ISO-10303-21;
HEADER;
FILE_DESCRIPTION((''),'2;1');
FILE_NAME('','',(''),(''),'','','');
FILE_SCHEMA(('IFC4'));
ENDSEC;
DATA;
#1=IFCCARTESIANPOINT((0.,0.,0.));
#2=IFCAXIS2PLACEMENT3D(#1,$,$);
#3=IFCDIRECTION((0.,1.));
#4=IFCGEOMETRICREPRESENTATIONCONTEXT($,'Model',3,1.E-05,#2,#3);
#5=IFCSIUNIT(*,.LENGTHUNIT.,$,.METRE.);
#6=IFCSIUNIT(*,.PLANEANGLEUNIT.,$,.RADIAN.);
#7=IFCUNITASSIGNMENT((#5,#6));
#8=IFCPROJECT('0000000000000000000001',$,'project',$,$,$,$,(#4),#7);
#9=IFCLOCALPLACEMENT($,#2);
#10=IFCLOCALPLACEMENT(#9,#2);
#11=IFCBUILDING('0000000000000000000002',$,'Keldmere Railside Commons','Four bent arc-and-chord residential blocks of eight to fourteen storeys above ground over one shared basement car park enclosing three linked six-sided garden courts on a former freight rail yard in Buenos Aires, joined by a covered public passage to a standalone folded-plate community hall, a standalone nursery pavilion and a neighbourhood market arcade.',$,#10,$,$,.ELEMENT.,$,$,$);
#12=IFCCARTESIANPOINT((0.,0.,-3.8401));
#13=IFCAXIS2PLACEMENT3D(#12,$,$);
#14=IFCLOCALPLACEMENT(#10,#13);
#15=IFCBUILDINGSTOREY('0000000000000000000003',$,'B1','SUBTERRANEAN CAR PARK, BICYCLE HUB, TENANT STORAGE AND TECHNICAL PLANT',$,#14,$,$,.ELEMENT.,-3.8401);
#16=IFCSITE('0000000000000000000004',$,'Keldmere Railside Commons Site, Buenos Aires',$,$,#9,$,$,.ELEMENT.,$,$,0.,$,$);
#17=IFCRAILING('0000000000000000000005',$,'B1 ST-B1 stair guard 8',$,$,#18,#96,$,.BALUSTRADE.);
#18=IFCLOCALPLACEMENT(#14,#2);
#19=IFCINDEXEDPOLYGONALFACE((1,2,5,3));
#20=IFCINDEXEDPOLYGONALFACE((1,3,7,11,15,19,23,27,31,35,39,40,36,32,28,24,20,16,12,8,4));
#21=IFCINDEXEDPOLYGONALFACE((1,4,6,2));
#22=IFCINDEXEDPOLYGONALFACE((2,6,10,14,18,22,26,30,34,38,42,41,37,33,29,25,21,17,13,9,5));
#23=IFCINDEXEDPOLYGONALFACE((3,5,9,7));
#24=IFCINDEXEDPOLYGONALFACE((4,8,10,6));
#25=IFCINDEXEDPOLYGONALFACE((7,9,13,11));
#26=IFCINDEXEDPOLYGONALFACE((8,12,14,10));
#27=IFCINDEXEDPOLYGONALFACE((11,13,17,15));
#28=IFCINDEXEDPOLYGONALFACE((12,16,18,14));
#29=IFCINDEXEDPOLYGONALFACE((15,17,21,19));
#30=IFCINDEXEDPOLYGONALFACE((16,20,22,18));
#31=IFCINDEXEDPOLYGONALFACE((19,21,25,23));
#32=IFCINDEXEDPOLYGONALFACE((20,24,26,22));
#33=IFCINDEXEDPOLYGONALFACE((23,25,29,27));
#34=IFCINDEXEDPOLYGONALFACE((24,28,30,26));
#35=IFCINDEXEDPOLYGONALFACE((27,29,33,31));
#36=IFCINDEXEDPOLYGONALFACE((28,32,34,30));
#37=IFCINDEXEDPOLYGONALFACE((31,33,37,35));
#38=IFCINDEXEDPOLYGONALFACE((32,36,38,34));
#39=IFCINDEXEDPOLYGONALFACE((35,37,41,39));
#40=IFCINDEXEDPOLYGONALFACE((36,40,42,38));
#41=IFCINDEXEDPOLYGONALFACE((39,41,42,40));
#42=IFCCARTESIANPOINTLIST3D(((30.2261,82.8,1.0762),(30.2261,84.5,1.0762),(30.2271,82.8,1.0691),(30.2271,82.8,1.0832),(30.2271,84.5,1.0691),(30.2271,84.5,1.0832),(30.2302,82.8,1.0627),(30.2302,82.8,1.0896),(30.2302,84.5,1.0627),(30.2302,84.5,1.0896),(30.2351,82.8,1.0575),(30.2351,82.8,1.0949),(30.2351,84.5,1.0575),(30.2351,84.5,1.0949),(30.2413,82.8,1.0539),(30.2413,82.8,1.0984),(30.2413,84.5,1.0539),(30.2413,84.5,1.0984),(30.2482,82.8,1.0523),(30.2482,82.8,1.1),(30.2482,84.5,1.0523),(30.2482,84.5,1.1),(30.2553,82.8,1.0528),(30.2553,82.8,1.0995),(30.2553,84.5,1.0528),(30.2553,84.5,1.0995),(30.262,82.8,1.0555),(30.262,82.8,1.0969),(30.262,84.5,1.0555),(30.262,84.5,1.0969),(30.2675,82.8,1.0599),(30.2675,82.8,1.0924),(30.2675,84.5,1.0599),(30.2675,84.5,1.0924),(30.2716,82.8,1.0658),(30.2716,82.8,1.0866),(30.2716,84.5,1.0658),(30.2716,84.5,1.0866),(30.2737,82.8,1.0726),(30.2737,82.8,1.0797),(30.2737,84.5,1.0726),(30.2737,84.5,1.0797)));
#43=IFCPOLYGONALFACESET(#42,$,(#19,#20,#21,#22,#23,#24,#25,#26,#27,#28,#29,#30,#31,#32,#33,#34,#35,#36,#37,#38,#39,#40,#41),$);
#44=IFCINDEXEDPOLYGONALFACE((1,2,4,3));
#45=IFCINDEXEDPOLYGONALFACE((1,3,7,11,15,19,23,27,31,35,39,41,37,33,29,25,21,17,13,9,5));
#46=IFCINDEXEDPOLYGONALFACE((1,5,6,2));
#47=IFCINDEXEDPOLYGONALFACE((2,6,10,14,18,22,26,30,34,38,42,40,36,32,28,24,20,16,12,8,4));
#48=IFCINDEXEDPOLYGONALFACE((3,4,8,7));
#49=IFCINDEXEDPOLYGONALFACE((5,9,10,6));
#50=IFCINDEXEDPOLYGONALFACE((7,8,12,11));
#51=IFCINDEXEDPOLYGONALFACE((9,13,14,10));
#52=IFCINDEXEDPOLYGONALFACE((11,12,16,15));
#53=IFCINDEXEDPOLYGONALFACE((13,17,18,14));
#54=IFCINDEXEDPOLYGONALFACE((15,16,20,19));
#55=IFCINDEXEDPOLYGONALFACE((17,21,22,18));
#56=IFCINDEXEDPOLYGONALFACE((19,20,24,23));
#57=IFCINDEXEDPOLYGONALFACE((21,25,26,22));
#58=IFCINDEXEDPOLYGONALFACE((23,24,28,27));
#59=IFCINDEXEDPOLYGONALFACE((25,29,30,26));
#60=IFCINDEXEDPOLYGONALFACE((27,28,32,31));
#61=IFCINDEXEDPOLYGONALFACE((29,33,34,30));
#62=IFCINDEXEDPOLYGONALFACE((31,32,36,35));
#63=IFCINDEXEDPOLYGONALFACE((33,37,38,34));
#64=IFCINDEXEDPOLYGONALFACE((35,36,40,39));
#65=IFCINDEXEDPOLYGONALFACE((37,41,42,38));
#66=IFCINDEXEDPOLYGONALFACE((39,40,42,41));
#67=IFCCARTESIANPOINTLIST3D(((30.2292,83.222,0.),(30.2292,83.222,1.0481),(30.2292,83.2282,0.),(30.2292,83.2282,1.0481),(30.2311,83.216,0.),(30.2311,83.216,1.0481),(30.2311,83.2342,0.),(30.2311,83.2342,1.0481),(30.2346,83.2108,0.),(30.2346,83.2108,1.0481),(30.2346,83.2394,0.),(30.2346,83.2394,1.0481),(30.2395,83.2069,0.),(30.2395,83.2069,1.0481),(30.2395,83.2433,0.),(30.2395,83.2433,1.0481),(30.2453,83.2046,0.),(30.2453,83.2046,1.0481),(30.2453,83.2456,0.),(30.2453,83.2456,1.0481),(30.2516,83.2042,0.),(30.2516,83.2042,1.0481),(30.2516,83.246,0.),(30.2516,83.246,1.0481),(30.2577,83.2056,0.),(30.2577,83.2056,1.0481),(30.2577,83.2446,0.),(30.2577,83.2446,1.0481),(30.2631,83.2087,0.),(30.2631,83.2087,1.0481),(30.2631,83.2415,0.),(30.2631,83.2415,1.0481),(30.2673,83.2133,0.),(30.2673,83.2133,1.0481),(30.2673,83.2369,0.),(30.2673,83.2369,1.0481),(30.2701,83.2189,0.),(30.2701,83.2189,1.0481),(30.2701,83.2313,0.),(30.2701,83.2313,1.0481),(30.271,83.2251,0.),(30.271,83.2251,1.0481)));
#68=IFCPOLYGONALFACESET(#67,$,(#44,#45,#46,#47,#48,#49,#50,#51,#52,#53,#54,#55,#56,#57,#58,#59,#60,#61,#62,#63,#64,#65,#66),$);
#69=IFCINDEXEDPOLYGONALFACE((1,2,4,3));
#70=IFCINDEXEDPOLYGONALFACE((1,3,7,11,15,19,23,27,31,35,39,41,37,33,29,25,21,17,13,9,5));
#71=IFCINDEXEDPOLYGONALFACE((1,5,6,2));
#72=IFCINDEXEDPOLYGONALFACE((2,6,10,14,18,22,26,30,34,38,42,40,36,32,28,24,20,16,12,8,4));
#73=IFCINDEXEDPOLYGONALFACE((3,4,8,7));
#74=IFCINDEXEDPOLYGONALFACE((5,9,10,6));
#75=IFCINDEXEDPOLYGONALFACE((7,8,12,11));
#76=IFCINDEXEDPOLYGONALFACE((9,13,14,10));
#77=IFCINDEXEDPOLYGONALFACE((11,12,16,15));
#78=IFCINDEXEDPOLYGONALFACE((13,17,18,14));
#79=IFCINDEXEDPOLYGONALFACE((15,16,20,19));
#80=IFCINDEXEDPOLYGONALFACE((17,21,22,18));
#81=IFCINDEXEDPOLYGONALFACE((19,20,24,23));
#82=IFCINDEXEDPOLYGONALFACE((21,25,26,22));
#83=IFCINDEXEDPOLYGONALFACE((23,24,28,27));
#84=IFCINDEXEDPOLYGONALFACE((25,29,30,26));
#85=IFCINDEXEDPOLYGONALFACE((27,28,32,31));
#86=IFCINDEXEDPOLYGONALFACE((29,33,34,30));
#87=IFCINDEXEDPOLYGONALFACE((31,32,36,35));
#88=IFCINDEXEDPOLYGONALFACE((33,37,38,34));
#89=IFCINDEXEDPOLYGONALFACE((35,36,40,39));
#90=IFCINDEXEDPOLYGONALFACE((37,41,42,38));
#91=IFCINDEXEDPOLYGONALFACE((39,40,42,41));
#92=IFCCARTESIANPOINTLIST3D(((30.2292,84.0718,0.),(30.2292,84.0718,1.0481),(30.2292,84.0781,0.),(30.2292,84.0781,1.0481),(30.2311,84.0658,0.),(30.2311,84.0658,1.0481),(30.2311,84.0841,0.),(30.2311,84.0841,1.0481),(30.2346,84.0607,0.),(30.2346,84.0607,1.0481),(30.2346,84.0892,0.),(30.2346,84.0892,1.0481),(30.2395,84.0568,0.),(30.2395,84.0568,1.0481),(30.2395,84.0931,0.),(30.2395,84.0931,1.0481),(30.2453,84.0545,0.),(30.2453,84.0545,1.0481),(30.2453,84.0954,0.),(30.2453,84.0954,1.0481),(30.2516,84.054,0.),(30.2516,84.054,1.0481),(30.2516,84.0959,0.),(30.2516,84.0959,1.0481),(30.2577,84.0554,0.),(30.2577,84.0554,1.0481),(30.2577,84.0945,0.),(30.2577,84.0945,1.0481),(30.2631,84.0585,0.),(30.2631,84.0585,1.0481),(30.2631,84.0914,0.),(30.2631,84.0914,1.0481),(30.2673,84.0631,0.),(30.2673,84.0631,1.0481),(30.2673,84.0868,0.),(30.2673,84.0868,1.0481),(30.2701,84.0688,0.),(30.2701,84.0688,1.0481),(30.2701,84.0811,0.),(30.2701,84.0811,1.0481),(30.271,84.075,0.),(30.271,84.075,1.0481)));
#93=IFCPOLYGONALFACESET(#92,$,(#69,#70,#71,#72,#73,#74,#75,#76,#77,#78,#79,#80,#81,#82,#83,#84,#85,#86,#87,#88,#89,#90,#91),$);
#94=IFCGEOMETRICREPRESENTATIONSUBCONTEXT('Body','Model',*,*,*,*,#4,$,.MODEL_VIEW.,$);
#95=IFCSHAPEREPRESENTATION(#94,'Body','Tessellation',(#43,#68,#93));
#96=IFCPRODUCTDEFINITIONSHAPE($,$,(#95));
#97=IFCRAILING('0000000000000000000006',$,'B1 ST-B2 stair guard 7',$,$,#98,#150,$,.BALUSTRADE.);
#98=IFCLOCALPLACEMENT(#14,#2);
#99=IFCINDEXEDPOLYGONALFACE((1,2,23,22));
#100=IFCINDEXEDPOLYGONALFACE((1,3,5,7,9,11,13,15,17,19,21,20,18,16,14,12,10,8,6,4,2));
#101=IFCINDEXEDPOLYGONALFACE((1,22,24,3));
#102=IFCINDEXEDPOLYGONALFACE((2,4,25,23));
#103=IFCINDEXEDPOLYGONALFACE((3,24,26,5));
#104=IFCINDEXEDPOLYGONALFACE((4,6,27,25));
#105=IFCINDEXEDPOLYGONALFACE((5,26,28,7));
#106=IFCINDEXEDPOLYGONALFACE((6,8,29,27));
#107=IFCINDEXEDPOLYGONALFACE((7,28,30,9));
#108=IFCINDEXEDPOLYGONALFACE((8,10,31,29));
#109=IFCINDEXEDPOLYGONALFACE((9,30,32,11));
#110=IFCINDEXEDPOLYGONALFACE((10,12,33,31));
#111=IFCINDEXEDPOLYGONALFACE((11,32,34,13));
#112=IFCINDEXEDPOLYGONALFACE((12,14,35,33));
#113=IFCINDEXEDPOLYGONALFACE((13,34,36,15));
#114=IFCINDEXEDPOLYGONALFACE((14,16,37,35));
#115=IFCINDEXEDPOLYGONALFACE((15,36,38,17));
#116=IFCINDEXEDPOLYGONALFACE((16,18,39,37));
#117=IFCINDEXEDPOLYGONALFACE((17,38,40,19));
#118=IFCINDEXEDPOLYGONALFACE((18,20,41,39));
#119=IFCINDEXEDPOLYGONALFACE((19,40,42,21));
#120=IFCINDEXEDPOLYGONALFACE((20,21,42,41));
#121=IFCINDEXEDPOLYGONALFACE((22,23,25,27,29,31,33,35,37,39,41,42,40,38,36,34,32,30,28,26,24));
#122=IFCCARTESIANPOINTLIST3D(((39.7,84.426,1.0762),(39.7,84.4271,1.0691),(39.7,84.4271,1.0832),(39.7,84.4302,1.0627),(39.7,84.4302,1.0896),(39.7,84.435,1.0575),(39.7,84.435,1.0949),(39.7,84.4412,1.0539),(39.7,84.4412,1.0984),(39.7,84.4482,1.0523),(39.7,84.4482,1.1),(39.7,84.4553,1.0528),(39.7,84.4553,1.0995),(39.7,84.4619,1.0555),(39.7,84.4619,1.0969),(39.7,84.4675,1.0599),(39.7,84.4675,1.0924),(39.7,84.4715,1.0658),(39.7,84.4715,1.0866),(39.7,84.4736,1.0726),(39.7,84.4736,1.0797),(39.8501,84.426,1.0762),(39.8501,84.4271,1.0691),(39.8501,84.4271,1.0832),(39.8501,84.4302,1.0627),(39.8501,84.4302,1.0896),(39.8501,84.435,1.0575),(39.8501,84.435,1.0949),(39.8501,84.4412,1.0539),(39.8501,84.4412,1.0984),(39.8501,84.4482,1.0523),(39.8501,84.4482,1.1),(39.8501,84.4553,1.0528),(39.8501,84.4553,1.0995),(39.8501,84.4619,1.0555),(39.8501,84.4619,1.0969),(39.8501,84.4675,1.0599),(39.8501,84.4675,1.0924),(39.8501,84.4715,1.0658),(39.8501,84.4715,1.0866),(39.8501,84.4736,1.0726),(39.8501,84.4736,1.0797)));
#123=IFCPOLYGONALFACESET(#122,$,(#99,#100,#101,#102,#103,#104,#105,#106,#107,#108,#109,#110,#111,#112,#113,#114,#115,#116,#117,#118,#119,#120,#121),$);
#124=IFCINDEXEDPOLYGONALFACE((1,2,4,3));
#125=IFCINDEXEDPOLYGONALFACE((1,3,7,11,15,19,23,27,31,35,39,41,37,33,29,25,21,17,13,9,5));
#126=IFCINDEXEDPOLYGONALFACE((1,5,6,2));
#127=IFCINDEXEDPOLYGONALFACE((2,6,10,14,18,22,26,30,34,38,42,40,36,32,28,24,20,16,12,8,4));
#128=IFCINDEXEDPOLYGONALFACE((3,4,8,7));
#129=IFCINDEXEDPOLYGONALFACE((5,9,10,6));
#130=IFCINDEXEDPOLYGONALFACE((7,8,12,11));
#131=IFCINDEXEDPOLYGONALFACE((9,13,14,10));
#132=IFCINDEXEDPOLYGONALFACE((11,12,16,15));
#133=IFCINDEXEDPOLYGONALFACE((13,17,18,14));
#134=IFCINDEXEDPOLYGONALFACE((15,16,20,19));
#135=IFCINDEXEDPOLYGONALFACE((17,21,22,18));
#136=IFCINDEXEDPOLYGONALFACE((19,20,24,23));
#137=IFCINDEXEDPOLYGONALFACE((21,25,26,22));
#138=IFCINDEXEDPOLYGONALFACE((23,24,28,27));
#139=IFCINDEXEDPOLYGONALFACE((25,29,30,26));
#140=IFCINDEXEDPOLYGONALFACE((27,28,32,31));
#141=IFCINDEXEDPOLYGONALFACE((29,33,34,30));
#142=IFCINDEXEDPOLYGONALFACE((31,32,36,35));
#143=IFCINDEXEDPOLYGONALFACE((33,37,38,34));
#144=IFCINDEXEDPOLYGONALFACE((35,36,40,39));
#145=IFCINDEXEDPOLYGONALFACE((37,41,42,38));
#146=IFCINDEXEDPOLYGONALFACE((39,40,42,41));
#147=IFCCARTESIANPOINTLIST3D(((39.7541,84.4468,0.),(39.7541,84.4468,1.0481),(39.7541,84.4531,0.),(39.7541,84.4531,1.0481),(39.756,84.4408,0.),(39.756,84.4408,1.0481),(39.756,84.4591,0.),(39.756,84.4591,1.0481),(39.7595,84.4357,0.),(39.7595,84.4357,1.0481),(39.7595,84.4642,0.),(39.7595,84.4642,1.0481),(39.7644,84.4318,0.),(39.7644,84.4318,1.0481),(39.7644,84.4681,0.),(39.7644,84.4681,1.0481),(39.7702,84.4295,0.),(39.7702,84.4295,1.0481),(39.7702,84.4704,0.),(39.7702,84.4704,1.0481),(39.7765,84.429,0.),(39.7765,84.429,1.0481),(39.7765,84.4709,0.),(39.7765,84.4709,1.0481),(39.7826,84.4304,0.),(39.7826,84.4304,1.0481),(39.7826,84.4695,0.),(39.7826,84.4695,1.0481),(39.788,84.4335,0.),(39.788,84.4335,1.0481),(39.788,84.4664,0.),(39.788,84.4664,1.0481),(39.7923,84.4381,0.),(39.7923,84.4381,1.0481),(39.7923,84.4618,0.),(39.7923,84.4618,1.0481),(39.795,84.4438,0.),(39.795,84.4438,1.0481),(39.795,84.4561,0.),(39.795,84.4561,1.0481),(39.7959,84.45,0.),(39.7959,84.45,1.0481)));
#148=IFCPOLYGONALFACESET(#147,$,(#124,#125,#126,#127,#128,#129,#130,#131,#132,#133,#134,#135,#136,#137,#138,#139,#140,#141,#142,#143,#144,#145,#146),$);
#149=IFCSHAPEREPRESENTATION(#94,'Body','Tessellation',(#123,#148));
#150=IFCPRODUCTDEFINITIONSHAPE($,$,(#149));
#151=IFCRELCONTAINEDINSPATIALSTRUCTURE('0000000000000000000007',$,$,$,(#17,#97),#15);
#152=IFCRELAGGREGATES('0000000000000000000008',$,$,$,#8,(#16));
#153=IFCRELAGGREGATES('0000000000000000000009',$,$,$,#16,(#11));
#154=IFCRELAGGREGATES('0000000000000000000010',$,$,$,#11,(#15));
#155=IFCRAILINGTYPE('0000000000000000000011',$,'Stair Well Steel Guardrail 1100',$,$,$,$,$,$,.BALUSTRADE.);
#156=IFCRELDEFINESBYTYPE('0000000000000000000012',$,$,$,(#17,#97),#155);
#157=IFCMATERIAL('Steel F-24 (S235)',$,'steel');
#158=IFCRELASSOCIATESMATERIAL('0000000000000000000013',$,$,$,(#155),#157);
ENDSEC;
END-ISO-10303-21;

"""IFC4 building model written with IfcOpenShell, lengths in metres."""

from ifc_helpers import new_model, si_unit, direction, frame, origin, origin_2d, place, context, subcontext, project, spatial, circle, extrude, material, type_object, element, save


model = new_model("IFC4")

# Units and contexts
model_context = context("Model", 3, precision=1e-05, world=origin(), true_north=direction((0.0, 1.0)))
body_context = subcontext(model_context, "Body", "Model", "MODEL_VIEW")
ifc_project = project(units=[si_unit("LENGTHUNIT", "METRE"), si_unit("PLANEANGLEUNIT", "RADIAN")], contexts=[model_context])

# Site, building, storey
site_placement = place(None, origin())
site = spatial("IfcSite", under=ifc_project, at=site_placement, Name="Keldmere Railside Commons Site, Buenos Aires", CompositionType="ELEMENT", RefElevation=0.0)
building_placement = place(site_placement, origin())
building = spatial("IfcBuilding", under=site, at=building_placement, Name="Keldmere Railside Commons", Description="Four bent arc-and-chord residential blocks of eight to fourteen storeys above ground over one shared basement car park enclosing three linked six-sided garden courts on a former freight rail yard in Buenos Aires, joined by a covered public passage to a standalone folded-plate community hall, a standalone nursery pavilion and a neighbourhood market arcade.", CompositionType="ELEMENT")
storey_placement = place(building_placement, frame((0.0, 0.0, -3.8401)))
storey = spatial("IfcBuildingStorey", under=building, at=storey_placement, Name="B1", Description="SUBTERRANEAN CAR PARK, BICYCLE HUB, TENANT STORAGE AND TECHNICAL PLANT", CompositionType="ELEMENT", Elevation=-3.8401)

# Shared definitions
ifc_material_1 = material(Name="Steel F-24 (S235)", Category="steel")

# Railings
railing_type = type_object("IfcRailingType", Name="Stair Well Steel Guardrail 1100", PredefinedType="BALUSTRADE", material=ifc_material_1)
railing_1_placement = place(storey_placement, frame((30.25, 82.8, 0.0)))
element("IfcRailing", 1, at=railing_1_placement, inside=storey, type_object=railing_type, Name="B1 ST-B1 stair guard 8", PredefinedType="BALUSTRADE", context=body_context, shape_type="SweptSolid", body=[
    extrude(circle(Radius=0.0239, at=origin_2d()), frame((0.0, 0.0, 1.0762), z_axis=(0.0, 1.0, 0.0), x_axis=(-1.0, 0.0, 0.0)), (0.0, 0.0, 1.0), 1.7),
    extrude(circle(Radius=0.021, at=origin_2d()), frame((0.0, 0.425, 0.0)), (0.0, 0.0, 1.0), 1.0481),
    extrude(circle(Radius=0.021, at=origin_2d()), frame((0.0, 1.2749, 0.0)), (0.0, 0.0, 1.0), 1.0481),
])
railing_2_placement = place(storey_placement, frame((39.8501, 84.45, 0.0)))
element("IfcRailing", 2, at=railing_2_placement, inside=storey, type_object=railing_type, Name="B1 ST-B2 stair guard 7", PredefinedType="BALUSTRADE", context=body_context, shape_type="SweptSolid", body=[
    extrude(circle(Radius=0.0239, at=origin_2d()), frame((0.0, 0.0, 1.0762), z_axis=(-1.0, 0.0, 0.0), x_axis=(0.0, -1.0, 0.0)), (0.0, 0.0, 1.0), 0.1501),
    extrude(circle(Radius=0.021, at=origin_2d()), frame((-0.0752, 0.0, 0.0)), (0.0, 0.0, 1.0), 1.0481),
])

save(model, "model.ifc")
